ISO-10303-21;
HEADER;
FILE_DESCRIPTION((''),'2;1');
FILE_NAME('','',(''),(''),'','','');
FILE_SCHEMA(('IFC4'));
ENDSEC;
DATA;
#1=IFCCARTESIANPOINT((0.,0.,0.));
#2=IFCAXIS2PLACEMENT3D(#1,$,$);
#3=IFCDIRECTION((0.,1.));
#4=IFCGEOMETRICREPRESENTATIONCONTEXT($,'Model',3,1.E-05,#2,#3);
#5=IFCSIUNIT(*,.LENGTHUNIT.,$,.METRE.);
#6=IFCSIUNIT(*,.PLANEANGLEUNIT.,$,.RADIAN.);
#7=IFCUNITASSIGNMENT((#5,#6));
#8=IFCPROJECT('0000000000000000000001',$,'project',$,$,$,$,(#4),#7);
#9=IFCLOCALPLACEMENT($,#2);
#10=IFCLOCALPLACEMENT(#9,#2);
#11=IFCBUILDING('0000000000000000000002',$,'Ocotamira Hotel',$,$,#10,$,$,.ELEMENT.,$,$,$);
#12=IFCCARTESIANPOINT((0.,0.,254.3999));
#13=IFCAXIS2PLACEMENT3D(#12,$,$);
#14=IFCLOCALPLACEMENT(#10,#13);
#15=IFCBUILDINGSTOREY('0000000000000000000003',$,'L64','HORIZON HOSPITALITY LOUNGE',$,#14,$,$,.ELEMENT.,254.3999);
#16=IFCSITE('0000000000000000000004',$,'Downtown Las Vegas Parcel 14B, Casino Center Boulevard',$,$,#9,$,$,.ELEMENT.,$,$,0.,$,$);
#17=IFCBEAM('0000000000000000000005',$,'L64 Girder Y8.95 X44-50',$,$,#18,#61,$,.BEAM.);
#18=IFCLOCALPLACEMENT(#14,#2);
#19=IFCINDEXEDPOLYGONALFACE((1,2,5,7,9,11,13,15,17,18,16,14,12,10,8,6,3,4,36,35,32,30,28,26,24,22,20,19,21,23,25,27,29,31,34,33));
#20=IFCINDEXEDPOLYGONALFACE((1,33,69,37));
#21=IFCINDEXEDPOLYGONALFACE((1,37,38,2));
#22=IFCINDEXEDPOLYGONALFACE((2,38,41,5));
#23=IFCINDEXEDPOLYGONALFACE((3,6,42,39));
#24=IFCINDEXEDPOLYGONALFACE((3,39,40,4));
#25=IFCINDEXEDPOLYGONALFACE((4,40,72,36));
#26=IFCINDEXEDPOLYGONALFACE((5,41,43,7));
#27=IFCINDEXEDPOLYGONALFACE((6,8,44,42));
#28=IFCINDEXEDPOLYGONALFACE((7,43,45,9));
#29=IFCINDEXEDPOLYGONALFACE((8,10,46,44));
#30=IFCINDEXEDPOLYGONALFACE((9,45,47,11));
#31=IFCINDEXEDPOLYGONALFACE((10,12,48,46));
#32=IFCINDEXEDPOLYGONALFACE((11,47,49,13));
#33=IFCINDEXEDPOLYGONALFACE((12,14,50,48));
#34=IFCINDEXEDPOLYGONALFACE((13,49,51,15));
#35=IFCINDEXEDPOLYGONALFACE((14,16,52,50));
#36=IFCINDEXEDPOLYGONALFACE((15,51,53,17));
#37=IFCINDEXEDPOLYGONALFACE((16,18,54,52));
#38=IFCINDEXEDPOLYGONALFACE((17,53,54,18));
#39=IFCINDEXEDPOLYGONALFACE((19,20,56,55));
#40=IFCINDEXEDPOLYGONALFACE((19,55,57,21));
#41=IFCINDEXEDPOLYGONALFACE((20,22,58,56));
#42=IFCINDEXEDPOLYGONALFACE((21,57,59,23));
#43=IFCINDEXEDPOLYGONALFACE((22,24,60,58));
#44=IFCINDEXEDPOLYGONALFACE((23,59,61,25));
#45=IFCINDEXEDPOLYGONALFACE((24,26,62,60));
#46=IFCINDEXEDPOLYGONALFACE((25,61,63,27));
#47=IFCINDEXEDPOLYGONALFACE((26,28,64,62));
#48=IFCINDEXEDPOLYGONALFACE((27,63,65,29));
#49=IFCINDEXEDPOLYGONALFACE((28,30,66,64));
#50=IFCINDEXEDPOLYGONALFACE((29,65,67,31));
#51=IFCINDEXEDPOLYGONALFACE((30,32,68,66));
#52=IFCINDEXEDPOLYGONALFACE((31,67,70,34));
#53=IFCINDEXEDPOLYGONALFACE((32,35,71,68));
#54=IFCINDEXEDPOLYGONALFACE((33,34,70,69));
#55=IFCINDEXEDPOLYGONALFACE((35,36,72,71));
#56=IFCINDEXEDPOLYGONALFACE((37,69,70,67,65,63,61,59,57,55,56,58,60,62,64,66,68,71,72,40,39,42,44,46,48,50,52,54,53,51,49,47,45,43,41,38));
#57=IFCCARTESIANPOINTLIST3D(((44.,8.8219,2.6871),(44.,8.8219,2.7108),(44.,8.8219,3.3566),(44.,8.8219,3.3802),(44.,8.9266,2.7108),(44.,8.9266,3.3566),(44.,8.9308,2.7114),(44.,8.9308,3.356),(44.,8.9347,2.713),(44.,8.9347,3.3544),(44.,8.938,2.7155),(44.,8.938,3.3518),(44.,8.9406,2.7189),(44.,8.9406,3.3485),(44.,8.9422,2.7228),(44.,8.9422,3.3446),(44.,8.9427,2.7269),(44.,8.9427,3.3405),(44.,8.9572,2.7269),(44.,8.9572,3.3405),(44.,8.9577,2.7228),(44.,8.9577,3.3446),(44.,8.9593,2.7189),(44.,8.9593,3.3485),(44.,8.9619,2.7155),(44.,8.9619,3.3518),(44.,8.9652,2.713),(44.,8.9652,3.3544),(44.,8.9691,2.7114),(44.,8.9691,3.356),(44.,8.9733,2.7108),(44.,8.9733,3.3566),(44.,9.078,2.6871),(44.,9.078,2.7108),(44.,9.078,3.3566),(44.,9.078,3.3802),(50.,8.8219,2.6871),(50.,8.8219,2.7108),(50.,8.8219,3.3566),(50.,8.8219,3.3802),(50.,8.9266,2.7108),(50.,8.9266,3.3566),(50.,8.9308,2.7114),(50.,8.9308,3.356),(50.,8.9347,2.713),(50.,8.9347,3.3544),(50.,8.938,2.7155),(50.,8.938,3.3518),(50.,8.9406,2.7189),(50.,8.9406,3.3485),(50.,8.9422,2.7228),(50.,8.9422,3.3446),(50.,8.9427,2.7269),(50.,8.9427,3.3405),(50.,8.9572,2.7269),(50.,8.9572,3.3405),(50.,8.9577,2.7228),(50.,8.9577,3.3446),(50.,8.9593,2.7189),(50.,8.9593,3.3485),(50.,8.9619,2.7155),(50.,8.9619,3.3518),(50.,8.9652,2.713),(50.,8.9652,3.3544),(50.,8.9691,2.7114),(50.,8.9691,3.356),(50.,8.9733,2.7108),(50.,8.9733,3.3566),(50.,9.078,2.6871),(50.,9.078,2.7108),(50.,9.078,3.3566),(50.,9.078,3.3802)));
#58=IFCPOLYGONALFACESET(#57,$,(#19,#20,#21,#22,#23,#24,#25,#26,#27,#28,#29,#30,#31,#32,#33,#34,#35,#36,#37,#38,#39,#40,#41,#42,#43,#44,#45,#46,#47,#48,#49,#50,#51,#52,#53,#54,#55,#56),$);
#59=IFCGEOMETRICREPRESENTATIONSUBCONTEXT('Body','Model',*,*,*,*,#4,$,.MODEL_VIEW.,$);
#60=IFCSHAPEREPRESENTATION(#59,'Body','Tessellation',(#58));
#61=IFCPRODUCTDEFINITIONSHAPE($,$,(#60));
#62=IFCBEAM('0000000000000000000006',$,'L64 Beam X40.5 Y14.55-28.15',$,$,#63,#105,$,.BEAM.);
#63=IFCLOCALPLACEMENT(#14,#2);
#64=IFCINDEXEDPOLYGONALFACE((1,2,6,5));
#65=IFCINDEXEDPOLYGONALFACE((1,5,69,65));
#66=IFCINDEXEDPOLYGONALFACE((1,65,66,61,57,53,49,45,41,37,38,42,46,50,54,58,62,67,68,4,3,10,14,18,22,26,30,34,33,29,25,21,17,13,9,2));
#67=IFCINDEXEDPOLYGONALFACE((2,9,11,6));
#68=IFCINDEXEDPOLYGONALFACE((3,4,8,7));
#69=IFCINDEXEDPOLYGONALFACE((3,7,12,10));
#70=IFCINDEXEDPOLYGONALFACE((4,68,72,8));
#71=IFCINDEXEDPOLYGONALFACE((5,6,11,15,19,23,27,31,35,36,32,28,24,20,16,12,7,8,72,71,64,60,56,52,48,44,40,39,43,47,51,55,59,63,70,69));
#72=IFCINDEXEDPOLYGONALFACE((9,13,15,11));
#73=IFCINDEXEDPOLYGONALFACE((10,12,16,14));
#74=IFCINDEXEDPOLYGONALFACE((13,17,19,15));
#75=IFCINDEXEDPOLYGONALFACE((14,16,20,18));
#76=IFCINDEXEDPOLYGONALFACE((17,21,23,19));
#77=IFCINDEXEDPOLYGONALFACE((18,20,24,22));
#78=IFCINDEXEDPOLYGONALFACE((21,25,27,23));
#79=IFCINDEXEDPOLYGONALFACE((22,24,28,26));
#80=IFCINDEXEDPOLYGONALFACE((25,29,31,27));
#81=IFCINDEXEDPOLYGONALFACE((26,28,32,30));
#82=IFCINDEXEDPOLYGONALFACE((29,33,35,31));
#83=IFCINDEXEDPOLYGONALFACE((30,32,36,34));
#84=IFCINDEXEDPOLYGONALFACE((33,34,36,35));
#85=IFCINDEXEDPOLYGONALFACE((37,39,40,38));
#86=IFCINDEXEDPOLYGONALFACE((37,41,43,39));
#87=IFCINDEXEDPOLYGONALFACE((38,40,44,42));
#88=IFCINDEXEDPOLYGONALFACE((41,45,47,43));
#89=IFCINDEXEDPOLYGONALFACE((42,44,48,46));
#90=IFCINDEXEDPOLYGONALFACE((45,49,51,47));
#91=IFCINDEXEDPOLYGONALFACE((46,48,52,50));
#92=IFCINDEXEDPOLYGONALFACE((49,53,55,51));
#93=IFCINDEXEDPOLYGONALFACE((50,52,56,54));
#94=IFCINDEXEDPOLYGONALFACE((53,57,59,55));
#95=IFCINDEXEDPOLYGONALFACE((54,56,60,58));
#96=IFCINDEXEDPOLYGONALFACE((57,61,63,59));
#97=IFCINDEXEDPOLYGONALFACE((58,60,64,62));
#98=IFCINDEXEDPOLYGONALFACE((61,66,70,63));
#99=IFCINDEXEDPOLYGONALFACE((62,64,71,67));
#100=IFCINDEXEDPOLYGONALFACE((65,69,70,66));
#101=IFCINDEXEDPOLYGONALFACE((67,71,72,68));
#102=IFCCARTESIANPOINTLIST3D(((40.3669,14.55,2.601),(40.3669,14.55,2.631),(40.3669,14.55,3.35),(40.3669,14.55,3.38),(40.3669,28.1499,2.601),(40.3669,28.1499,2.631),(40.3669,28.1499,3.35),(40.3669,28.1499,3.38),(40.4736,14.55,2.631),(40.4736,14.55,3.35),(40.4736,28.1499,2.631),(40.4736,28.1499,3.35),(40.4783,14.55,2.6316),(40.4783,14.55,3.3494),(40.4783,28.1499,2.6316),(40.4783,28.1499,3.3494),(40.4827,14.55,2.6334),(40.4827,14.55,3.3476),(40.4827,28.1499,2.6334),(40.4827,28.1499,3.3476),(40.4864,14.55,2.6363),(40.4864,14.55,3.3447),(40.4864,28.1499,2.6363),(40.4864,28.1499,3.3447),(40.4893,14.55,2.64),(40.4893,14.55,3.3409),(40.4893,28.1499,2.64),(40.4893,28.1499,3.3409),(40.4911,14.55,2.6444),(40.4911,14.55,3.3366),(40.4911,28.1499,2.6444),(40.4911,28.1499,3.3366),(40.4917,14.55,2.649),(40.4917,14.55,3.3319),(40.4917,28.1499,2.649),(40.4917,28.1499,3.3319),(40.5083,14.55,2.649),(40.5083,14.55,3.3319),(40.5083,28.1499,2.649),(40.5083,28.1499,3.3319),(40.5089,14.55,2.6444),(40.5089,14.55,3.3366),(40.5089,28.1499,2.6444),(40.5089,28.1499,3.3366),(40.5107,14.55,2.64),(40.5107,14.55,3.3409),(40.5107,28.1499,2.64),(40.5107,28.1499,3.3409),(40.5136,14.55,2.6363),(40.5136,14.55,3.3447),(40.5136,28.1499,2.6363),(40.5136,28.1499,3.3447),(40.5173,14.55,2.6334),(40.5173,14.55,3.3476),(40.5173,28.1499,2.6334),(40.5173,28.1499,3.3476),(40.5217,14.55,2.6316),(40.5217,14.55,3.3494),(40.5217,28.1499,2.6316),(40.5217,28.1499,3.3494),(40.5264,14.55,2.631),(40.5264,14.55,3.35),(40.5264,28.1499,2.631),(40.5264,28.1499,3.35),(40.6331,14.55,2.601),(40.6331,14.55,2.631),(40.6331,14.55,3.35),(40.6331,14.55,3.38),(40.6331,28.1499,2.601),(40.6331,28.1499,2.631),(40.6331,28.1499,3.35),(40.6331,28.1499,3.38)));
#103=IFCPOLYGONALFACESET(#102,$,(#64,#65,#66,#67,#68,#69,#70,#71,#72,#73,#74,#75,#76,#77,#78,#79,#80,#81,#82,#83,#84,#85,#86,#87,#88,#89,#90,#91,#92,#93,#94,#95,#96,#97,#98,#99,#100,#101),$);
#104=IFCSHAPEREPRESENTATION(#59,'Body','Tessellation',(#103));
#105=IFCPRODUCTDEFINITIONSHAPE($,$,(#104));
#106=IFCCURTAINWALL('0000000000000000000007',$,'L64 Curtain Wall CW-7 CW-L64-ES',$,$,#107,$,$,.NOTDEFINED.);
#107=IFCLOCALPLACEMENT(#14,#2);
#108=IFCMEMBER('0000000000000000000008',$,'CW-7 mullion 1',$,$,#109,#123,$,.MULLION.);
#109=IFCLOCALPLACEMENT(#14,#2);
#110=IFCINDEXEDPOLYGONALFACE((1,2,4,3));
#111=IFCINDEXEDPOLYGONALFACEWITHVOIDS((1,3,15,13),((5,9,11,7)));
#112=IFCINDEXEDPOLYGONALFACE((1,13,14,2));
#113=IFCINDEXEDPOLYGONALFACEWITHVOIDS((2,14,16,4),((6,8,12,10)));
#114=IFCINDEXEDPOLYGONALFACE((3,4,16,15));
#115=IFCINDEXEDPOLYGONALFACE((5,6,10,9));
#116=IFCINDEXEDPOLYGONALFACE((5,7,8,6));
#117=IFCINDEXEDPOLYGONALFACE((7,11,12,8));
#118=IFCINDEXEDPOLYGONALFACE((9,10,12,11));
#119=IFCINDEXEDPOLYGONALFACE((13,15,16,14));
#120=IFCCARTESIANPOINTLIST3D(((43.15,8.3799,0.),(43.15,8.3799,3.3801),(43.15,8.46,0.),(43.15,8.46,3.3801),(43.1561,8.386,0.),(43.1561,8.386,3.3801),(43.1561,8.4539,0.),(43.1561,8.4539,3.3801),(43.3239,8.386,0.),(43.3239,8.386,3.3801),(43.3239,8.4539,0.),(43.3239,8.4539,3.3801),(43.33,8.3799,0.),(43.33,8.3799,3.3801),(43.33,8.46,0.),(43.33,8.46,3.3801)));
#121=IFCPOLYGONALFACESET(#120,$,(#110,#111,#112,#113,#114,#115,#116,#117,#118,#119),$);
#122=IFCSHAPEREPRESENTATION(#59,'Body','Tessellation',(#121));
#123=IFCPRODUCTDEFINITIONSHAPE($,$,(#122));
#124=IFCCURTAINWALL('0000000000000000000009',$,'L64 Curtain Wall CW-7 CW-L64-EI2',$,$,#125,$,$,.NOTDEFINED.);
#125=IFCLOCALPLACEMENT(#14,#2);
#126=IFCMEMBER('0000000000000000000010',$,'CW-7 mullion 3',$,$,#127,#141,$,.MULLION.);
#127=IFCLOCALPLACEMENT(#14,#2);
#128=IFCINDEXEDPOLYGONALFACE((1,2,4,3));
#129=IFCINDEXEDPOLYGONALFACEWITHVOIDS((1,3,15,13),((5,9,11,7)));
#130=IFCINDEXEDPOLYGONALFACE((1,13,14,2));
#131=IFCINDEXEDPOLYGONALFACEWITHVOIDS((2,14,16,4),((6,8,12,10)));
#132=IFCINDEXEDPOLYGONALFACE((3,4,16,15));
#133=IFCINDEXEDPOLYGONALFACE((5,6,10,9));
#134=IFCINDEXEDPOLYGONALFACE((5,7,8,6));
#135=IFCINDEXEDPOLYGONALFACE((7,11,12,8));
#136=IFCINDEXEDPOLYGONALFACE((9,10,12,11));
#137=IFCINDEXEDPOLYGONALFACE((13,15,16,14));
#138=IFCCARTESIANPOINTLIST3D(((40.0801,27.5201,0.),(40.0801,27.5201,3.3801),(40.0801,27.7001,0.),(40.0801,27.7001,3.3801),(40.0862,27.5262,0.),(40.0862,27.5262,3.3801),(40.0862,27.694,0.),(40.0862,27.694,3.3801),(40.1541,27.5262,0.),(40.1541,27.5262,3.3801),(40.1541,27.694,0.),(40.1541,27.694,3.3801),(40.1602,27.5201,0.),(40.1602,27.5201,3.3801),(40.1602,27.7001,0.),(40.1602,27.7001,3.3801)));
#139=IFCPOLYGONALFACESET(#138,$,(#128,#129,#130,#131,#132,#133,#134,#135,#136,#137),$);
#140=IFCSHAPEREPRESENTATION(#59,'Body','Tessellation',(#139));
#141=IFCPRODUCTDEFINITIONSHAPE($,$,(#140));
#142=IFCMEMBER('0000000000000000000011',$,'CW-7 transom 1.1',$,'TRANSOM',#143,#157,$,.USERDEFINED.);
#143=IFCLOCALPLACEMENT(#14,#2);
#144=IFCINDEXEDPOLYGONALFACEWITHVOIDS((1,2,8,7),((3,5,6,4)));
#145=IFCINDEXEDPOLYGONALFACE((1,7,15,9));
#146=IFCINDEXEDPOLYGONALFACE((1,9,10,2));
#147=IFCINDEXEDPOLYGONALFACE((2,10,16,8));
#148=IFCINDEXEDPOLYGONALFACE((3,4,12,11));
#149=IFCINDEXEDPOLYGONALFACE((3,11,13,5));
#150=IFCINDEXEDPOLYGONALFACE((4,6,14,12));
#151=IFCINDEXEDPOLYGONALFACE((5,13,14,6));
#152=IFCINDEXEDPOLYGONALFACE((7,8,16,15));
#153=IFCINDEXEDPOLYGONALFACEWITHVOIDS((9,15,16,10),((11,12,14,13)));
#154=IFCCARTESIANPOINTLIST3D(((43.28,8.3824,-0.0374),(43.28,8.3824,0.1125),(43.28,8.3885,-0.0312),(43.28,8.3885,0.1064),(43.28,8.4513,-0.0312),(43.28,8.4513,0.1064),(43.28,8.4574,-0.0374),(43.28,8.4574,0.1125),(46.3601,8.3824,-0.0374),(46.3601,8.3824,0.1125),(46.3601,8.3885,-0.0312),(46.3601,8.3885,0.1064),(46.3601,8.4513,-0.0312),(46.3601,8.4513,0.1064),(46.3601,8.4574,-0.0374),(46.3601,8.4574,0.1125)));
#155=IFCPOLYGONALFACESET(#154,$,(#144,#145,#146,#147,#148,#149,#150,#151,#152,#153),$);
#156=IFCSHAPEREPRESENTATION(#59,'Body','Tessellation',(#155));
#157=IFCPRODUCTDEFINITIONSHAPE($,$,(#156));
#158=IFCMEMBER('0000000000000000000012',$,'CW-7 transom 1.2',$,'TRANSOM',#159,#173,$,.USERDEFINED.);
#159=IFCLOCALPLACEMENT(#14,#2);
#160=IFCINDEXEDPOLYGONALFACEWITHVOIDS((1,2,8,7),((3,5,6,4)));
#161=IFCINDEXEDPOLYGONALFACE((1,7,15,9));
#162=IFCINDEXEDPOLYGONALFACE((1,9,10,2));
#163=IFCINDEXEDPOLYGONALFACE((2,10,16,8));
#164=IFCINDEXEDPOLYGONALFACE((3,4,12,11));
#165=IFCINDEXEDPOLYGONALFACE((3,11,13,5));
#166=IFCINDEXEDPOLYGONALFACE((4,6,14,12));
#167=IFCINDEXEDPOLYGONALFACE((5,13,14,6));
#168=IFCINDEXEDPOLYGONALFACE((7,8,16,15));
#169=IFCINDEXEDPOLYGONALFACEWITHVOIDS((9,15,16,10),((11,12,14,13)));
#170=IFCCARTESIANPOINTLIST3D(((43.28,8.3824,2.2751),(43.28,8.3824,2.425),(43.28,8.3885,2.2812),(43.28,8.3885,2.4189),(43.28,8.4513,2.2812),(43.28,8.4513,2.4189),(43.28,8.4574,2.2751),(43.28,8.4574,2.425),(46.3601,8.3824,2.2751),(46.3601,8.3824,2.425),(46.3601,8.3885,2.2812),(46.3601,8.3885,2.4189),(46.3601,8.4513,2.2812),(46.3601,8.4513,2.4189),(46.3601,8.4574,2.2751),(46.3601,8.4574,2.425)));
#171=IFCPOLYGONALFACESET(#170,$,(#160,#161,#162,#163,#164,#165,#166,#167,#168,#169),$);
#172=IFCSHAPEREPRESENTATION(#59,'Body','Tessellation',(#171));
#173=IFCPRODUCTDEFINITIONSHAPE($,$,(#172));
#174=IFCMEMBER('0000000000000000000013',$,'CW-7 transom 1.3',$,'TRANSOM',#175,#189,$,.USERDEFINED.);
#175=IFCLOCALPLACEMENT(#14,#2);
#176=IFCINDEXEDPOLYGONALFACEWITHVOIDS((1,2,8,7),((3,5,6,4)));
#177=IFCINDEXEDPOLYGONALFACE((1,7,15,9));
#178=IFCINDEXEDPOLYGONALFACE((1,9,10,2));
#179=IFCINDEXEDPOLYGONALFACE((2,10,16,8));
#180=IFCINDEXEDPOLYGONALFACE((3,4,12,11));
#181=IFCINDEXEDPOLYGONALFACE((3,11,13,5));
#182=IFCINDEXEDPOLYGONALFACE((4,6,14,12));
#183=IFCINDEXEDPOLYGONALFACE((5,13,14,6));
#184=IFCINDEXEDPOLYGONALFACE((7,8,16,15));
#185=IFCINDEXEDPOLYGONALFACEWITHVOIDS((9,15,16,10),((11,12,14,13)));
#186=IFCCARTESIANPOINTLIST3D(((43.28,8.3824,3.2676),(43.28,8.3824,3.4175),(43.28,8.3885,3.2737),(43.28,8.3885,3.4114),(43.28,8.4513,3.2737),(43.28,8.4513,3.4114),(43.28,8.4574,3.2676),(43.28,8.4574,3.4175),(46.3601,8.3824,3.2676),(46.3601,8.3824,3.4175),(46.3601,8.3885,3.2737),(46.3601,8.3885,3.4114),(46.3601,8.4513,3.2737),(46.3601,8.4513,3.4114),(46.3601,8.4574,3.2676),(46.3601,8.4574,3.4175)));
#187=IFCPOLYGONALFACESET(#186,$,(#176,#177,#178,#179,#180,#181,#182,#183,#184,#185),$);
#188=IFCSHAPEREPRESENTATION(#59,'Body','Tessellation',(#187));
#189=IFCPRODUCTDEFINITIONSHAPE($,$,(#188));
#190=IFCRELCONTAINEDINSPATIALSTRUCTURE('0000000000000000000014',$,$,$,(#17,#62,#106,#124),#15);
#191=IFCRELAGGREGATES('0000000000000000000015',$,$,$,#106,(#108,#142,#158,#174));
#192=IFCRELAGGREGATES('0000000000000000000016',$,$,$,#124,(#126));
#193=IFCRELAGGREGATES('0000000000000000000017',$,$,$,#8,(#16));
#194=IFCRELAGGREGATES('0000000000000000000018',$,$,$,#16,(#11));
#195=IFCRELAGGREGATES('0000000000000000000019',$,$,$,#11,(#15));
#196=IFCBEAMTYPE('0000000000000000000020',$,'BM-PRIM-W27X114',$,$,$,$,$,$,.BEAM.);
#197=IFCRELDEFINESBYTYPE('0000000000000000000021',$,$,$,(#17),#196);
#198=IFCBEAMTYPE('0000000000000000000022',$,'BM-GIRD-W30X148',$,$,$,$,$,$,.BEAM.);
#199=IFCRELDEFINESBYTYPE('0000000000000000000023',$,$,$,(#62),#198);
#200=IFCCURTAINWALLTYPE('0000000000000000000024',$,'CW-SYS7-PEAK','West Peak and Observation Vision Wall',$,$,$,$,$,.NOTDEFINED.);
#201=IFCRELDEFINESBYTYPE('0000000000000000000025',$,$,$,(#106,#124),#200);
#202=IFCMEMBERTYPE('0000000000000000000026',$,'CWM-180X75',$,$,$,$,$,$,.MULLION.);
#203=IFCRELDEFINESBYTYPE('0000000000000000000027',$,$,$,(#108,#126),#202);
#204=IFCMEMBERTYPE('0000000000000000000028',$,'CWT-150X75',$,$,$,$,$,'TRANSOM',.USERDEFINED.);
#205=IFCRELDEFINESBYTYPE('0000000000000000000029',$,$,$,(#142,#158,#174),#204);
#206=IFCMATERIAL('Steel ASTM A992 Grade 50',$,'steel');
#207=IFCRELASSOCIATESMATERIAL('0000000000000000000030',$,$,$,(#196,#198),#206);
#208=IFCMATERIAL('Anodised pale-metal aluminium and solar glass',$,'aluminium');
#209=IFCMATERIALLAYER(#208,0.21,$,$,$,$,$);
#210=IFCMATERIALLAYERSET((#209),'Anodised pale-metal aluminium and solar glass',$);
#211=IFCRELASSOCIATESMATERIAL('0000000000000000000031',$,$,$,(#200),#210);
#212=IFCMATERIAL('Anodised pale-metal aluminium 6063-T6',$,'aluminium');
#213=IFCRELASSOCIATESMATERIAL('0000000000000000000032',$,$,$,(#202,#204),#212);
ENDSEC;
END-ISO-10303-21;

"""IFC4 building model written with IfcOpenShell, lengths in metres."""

from ifc_helpers import new_model, si_unit, direction, frame, origin, origin_2d, place, context, subcontext, project, spatial, hollow_rectangle, i_section, extrude, source, transform, mapped, material, layer, layer_set, material_profile, profile_set, type_object, element, aggregate, save


model = new_model("IFC4")

# Units and contexts
model_context = context("Model", 3, precision=1e-05, world=origin(), true_north=direction((0.0, 1.0)))
body_context = subcontext(model_context, "Body", "Model", "MODEL_VIEW")
ifc_project = project(units=[si_unit("LENGTHUNIT", "METRE"), si_unit("PLANEANGLEUNIT", "RADIAN")], contexts=[model_context])

# Site, building, storey
site_placement = place(None, origin())
site = spatial("IfcSite", under=ifc_project, at=site_placement, Name="Downtown Las Vegas Parcel 14B, Casino Center Boulevard", CompositionType="ELEMENT", RefElevation=0.0)
building_placement = place(site_placement, origin())
building = spatial("IfcBuilding", under=site, at=building_placement, Name="Ocotamira Hotel", CompositionType="ELEMENT")
storey_placement = place(building_placement, frame((0.0, 0.0, 254.3999)))
storey = spatial("IfcBuildingStorey", under=building, at=storey_placement, Name="L64", Description="HORIZON HOSPITALITY LOUNGE", CompositionType="ELEMENT", Elevation=254.3999)

# Shared definitions
ifc_material_1 = material(Name="Steel ASTM A992 Grade 50", Category="steel")

# Beams
ifc_material_profile_1 = material_profile(ifc_material_1, i_section(OverallWidth=0.2561, OverallDepth=0.6931, WebThickness=0.0144, FlangeThickness=0.0237, FilletRadius=0.0161, at=origin_2d()), Name="W27X114")
ifc_profile_set_1 = profile_set([ifc_material_profile_1], Name="Steel ASTM A992 Grade 50")
beam_type_1 = type_object("IfcBeamType", Name="BM-PRIM-W27X114", PredefinedType="BEAM", material=ifc_profile_set_1)
shared_shape_1 = source(origin(), body_context, "Body", "SweptSolid", [
    extrude(i_section(OverallWidth=0.2561, OverallDepth=0.6931, WebThickness=0.0144, FlangeThickness=0.0237, FilletRadius=0.0161, at=origin_2d()), origin(), (0.0, 0.0, 1.0), 6.0),
])
beam_1_placement = place(storey_placement, frame((44.0, 8.95, 3.0337), z_axis=(1.0, 0.0, 0.0), x_axis=(0.0, 1.0, 0.0)))
element("IfcBeam", 1, at=beam_1_placement, inside=storey, type_object=beam_type_1, Name="L64 Girder Y8.95 X44-50", PredefinedType="BEAM", context=body_context, shape_type="MappedRepresentation", body=[
    mapped(shared_shape_1, transform((0.0, 0.0, 0.0), scale=1.0)),
])
ifc_material_profile_2 = material_profile(ifc_material_1, i_section(OverallWidth=0.2661, OverallDepth=0.7791, WebThickness=0.0166, FlangeThickness=0.03, FilletRadius=0.0181, at=origin_2d()), Name="W30X148")
ifc_profile_set_2 = profile_set([ifc_material_profile_2], Name="Steel ASTM A992 Grade 50")
beam_type_2 = type_object("IfcBeamType", Name="BM-GIRD-W30X148", PredefinedType="BEAM", material=ifc_profile_set_2)
shared_shape_2 = source(origin(), body_context, "Body", "SweptSolid", [
    extrude(i_section(OverallWidth=0.2661, OverallDepth=0.7791, WebThickness=0.0166, FlangeThickness=0.03, FilletRadius=0.0181, at=origin_2d()), origin(), (0.0, 0.0, 1.0), 13.5999),
])
beam_2_placement = place(storey_placement, frame((40.5, 14.55, 2.9905), z_axis=(0.0, 1.0, 0.0), x_axis=(-1.0, 0.0, 0.0)))
element("IfcBeam", 2, at=beam_2_placement, inside=storey, type_object=beam_type_2, Name="L64 Beam X40.5 Y14.55-28.15", PredefinedType="BEAM", context=body_context, shape_type="MappedRepresentation", body=[
    mapped(shared_shape_2, transform((0.0, 0.0, 0.0), scale=1.0)),
])

# Curtain walls, members
ifc_material_2 = material(Name="Anodised pale-metal aluminium and solar glass", Category="aluminium")
ifc_layer_1 = layer(ifc_material_2, 0.21)
ifc_layer_set_1 = layer_set([ifc_layer_1], Name="Anodised pale-metal aluminium and solar glass")
curtain_wall_type = type_object("IfcCurtainWallType", Name="CW-SYS7-PEAK", Description="West Peak and Observation Vision Wall", PredefinedType="NOTDEFINED", material=ifc_layer_set_1)
curtain_wall_1_placement = place(storey_placement, origin())
curtain_wall_1 = element("IfcCurtainWall", 3, at=curtain_wall_1_placement, inside=storey, type_object=curtain_wall_type, Name="L64 Curtain Wall CW-7 CW-L64-ES", PredefinedType="NOTDEFINED")
ifc_material_3 = material(Name="Anodised pale-metal aluminium 6063-T6", Category="aluminium")
ifc_material_profile_3 = material_profile(ifc_material_3, hollow_rectangle(XDim=0.0801, YDim=0.1799, WallThickness=0.0061, at=origin_2d()), Name="HSS180X80X6")
ifc_profile_set_3 = profile_set([ifc_material_profile_3], Name="Anodised pale-metal aluminium 6063-T6")
member_type_1 = type_object("IfcMemberType", Name="CWM-180X75", PredefinedType="MULLION", material=ifc_profile_set_3)
shared_shape_3 = source(origin(), body_context, "Body", "SweptSolid", [
    extrude(hollow_rectangle(XDim=0.0801, YDim=0.1799, WallThickness=0.0061, at=origin_2d()), origin(), (0.0, 0.0, 1.0), 3.3801),
])
member_1_placement = place(storey_placement, frame((43.24, 8.4199, 0.0), z_axis=(0.0, 0.0, 1.0), x_axis=(0.0, 1.0, 0.0)))
member_1 = element("IfcMember", 4, at=member_1_placement, type_object=member_type_1, Name="CW-7 mullion 1", PredefinedType="MULLION", context=body_context, shape_type="MappedRepresentation", body=[
    mapped(shared_shape_3, transform((0.0, 0.0, 0.0), scale=1.0)),
])
curtain_wall_2_placement = place(storey_placement, origin())
curtain_wall_2 = element("IfcCurtainWall", 5, at=curtain_wall_2_placement, inside=storey, type_object=curtain_wall_type, Name="L64 Curtain Wall CW-7 CW-L64-EI2", PredefinedType="NOTDEFINED")
member_2_placement = place(storey_placement, frame((40.1201, 27.6101, 0.0), z_axis=(0.0, 0.0, 1.0), x_axis=(-1.0, 0.0, 0.0)))
member_2 = element("IfcMember", 6, at=member_2_placement, type_object=member_type_1, Name="CW-7 mullion 3", PredefinedType="MULLION", context=body_context, shape_type="MappedRepresentation", body=[
    mapped(shared_shape_3, transform((0.0, 0.0, 0.0), scale=1.0)),
])

# Members
ifc_material_profile_4 = material_profile(ifc_material_3, hollow_rectangle(XDim=0.075, YDim=0.1499, WallThickness=0.0061, at=origin_2d()), Name="HSS150X75X6")
ifc_profile_set_4 = profile_set([ifc_material_profile_4], Name="Anodised pale-metal aluminium 6063-T6")
member_type_2 = type_object("IfcMemberType", Name="CWT-150X75", ElementType="TRANSOM", PredefinedType="USERDEFINED", material=ifc_profile_set_4)
shared_shape_4 = source(origin(), body_context, "Body", "SweptSolid", [
    extrude(hollow_rectangle(XDim=0.075, YDim=0.1499, WallThickness=0.0061, at=origin_2d()), origin(), (0.0, 0.0, 1.0), 3.0801),
])
member_3_placement = place(storey_placement, frame((43.28, 8.4199, 0.0376), z_axis=(1.0, 0.0, 0.0), x_axis=(0.0, 1.0, 0.0)))
member_3 = element("IfcMember", 7, at=member_3_placement, type_object=member_type_2, Name="CW-7 transom 1.1", ObjectType="TRANSOM", PredefinedType="USERDEFINED", context=body_context, shape_type="MappedRepresentation", body=[
    mapped(shared_shape_4, transform((0.0, 0.0, 0.0), scale=1.0)),
])
member_4_placement = place(storey_placement, frame((43.28, 8.4199, 2.3501), z_axis=(1.0, 0.0, 0.0), x_axis=(0.0, 1.0, 0.0)))
member_4 = element("IfcMember", 8, at=member_4_placement, type_object=member_type_2, Name="CW-7 transom 1.2", ObjectType="TRANSOM", PredefinedType="USERDEFINED", context=body_context, shape_type="MappedRepresentation", body=[
    mapped(shared_shape_4, transform((0.0, 0.0, 0.0), scale=1.0)),
])
member_5_placement = place(storey_placement, frame((43.28, 8.4199, 3.3425), z_axis=(1.0, 0.0, 0.0), x_axis=(0.0, 1.0, 0.0)))
member_5 = element("IfcMember", 9, at=member_5_placement, type_object=member_type_2, Name="CW-7 transom 1.3", ObjectType="TRANSOM", PredefinedType="USERDEFINED", context=body_context, shape_type="MappedRepresentation", body=[
    mapped(shared_shape_4, transform((0.0, 0.0, 0.0), scale=1.0)),
])

aggregate(curtain_wall_1, [member_1, member_3, member_4, member_5])
aggregate(curtain_wall_2, [member_2])

save(model, "model.ifc")
